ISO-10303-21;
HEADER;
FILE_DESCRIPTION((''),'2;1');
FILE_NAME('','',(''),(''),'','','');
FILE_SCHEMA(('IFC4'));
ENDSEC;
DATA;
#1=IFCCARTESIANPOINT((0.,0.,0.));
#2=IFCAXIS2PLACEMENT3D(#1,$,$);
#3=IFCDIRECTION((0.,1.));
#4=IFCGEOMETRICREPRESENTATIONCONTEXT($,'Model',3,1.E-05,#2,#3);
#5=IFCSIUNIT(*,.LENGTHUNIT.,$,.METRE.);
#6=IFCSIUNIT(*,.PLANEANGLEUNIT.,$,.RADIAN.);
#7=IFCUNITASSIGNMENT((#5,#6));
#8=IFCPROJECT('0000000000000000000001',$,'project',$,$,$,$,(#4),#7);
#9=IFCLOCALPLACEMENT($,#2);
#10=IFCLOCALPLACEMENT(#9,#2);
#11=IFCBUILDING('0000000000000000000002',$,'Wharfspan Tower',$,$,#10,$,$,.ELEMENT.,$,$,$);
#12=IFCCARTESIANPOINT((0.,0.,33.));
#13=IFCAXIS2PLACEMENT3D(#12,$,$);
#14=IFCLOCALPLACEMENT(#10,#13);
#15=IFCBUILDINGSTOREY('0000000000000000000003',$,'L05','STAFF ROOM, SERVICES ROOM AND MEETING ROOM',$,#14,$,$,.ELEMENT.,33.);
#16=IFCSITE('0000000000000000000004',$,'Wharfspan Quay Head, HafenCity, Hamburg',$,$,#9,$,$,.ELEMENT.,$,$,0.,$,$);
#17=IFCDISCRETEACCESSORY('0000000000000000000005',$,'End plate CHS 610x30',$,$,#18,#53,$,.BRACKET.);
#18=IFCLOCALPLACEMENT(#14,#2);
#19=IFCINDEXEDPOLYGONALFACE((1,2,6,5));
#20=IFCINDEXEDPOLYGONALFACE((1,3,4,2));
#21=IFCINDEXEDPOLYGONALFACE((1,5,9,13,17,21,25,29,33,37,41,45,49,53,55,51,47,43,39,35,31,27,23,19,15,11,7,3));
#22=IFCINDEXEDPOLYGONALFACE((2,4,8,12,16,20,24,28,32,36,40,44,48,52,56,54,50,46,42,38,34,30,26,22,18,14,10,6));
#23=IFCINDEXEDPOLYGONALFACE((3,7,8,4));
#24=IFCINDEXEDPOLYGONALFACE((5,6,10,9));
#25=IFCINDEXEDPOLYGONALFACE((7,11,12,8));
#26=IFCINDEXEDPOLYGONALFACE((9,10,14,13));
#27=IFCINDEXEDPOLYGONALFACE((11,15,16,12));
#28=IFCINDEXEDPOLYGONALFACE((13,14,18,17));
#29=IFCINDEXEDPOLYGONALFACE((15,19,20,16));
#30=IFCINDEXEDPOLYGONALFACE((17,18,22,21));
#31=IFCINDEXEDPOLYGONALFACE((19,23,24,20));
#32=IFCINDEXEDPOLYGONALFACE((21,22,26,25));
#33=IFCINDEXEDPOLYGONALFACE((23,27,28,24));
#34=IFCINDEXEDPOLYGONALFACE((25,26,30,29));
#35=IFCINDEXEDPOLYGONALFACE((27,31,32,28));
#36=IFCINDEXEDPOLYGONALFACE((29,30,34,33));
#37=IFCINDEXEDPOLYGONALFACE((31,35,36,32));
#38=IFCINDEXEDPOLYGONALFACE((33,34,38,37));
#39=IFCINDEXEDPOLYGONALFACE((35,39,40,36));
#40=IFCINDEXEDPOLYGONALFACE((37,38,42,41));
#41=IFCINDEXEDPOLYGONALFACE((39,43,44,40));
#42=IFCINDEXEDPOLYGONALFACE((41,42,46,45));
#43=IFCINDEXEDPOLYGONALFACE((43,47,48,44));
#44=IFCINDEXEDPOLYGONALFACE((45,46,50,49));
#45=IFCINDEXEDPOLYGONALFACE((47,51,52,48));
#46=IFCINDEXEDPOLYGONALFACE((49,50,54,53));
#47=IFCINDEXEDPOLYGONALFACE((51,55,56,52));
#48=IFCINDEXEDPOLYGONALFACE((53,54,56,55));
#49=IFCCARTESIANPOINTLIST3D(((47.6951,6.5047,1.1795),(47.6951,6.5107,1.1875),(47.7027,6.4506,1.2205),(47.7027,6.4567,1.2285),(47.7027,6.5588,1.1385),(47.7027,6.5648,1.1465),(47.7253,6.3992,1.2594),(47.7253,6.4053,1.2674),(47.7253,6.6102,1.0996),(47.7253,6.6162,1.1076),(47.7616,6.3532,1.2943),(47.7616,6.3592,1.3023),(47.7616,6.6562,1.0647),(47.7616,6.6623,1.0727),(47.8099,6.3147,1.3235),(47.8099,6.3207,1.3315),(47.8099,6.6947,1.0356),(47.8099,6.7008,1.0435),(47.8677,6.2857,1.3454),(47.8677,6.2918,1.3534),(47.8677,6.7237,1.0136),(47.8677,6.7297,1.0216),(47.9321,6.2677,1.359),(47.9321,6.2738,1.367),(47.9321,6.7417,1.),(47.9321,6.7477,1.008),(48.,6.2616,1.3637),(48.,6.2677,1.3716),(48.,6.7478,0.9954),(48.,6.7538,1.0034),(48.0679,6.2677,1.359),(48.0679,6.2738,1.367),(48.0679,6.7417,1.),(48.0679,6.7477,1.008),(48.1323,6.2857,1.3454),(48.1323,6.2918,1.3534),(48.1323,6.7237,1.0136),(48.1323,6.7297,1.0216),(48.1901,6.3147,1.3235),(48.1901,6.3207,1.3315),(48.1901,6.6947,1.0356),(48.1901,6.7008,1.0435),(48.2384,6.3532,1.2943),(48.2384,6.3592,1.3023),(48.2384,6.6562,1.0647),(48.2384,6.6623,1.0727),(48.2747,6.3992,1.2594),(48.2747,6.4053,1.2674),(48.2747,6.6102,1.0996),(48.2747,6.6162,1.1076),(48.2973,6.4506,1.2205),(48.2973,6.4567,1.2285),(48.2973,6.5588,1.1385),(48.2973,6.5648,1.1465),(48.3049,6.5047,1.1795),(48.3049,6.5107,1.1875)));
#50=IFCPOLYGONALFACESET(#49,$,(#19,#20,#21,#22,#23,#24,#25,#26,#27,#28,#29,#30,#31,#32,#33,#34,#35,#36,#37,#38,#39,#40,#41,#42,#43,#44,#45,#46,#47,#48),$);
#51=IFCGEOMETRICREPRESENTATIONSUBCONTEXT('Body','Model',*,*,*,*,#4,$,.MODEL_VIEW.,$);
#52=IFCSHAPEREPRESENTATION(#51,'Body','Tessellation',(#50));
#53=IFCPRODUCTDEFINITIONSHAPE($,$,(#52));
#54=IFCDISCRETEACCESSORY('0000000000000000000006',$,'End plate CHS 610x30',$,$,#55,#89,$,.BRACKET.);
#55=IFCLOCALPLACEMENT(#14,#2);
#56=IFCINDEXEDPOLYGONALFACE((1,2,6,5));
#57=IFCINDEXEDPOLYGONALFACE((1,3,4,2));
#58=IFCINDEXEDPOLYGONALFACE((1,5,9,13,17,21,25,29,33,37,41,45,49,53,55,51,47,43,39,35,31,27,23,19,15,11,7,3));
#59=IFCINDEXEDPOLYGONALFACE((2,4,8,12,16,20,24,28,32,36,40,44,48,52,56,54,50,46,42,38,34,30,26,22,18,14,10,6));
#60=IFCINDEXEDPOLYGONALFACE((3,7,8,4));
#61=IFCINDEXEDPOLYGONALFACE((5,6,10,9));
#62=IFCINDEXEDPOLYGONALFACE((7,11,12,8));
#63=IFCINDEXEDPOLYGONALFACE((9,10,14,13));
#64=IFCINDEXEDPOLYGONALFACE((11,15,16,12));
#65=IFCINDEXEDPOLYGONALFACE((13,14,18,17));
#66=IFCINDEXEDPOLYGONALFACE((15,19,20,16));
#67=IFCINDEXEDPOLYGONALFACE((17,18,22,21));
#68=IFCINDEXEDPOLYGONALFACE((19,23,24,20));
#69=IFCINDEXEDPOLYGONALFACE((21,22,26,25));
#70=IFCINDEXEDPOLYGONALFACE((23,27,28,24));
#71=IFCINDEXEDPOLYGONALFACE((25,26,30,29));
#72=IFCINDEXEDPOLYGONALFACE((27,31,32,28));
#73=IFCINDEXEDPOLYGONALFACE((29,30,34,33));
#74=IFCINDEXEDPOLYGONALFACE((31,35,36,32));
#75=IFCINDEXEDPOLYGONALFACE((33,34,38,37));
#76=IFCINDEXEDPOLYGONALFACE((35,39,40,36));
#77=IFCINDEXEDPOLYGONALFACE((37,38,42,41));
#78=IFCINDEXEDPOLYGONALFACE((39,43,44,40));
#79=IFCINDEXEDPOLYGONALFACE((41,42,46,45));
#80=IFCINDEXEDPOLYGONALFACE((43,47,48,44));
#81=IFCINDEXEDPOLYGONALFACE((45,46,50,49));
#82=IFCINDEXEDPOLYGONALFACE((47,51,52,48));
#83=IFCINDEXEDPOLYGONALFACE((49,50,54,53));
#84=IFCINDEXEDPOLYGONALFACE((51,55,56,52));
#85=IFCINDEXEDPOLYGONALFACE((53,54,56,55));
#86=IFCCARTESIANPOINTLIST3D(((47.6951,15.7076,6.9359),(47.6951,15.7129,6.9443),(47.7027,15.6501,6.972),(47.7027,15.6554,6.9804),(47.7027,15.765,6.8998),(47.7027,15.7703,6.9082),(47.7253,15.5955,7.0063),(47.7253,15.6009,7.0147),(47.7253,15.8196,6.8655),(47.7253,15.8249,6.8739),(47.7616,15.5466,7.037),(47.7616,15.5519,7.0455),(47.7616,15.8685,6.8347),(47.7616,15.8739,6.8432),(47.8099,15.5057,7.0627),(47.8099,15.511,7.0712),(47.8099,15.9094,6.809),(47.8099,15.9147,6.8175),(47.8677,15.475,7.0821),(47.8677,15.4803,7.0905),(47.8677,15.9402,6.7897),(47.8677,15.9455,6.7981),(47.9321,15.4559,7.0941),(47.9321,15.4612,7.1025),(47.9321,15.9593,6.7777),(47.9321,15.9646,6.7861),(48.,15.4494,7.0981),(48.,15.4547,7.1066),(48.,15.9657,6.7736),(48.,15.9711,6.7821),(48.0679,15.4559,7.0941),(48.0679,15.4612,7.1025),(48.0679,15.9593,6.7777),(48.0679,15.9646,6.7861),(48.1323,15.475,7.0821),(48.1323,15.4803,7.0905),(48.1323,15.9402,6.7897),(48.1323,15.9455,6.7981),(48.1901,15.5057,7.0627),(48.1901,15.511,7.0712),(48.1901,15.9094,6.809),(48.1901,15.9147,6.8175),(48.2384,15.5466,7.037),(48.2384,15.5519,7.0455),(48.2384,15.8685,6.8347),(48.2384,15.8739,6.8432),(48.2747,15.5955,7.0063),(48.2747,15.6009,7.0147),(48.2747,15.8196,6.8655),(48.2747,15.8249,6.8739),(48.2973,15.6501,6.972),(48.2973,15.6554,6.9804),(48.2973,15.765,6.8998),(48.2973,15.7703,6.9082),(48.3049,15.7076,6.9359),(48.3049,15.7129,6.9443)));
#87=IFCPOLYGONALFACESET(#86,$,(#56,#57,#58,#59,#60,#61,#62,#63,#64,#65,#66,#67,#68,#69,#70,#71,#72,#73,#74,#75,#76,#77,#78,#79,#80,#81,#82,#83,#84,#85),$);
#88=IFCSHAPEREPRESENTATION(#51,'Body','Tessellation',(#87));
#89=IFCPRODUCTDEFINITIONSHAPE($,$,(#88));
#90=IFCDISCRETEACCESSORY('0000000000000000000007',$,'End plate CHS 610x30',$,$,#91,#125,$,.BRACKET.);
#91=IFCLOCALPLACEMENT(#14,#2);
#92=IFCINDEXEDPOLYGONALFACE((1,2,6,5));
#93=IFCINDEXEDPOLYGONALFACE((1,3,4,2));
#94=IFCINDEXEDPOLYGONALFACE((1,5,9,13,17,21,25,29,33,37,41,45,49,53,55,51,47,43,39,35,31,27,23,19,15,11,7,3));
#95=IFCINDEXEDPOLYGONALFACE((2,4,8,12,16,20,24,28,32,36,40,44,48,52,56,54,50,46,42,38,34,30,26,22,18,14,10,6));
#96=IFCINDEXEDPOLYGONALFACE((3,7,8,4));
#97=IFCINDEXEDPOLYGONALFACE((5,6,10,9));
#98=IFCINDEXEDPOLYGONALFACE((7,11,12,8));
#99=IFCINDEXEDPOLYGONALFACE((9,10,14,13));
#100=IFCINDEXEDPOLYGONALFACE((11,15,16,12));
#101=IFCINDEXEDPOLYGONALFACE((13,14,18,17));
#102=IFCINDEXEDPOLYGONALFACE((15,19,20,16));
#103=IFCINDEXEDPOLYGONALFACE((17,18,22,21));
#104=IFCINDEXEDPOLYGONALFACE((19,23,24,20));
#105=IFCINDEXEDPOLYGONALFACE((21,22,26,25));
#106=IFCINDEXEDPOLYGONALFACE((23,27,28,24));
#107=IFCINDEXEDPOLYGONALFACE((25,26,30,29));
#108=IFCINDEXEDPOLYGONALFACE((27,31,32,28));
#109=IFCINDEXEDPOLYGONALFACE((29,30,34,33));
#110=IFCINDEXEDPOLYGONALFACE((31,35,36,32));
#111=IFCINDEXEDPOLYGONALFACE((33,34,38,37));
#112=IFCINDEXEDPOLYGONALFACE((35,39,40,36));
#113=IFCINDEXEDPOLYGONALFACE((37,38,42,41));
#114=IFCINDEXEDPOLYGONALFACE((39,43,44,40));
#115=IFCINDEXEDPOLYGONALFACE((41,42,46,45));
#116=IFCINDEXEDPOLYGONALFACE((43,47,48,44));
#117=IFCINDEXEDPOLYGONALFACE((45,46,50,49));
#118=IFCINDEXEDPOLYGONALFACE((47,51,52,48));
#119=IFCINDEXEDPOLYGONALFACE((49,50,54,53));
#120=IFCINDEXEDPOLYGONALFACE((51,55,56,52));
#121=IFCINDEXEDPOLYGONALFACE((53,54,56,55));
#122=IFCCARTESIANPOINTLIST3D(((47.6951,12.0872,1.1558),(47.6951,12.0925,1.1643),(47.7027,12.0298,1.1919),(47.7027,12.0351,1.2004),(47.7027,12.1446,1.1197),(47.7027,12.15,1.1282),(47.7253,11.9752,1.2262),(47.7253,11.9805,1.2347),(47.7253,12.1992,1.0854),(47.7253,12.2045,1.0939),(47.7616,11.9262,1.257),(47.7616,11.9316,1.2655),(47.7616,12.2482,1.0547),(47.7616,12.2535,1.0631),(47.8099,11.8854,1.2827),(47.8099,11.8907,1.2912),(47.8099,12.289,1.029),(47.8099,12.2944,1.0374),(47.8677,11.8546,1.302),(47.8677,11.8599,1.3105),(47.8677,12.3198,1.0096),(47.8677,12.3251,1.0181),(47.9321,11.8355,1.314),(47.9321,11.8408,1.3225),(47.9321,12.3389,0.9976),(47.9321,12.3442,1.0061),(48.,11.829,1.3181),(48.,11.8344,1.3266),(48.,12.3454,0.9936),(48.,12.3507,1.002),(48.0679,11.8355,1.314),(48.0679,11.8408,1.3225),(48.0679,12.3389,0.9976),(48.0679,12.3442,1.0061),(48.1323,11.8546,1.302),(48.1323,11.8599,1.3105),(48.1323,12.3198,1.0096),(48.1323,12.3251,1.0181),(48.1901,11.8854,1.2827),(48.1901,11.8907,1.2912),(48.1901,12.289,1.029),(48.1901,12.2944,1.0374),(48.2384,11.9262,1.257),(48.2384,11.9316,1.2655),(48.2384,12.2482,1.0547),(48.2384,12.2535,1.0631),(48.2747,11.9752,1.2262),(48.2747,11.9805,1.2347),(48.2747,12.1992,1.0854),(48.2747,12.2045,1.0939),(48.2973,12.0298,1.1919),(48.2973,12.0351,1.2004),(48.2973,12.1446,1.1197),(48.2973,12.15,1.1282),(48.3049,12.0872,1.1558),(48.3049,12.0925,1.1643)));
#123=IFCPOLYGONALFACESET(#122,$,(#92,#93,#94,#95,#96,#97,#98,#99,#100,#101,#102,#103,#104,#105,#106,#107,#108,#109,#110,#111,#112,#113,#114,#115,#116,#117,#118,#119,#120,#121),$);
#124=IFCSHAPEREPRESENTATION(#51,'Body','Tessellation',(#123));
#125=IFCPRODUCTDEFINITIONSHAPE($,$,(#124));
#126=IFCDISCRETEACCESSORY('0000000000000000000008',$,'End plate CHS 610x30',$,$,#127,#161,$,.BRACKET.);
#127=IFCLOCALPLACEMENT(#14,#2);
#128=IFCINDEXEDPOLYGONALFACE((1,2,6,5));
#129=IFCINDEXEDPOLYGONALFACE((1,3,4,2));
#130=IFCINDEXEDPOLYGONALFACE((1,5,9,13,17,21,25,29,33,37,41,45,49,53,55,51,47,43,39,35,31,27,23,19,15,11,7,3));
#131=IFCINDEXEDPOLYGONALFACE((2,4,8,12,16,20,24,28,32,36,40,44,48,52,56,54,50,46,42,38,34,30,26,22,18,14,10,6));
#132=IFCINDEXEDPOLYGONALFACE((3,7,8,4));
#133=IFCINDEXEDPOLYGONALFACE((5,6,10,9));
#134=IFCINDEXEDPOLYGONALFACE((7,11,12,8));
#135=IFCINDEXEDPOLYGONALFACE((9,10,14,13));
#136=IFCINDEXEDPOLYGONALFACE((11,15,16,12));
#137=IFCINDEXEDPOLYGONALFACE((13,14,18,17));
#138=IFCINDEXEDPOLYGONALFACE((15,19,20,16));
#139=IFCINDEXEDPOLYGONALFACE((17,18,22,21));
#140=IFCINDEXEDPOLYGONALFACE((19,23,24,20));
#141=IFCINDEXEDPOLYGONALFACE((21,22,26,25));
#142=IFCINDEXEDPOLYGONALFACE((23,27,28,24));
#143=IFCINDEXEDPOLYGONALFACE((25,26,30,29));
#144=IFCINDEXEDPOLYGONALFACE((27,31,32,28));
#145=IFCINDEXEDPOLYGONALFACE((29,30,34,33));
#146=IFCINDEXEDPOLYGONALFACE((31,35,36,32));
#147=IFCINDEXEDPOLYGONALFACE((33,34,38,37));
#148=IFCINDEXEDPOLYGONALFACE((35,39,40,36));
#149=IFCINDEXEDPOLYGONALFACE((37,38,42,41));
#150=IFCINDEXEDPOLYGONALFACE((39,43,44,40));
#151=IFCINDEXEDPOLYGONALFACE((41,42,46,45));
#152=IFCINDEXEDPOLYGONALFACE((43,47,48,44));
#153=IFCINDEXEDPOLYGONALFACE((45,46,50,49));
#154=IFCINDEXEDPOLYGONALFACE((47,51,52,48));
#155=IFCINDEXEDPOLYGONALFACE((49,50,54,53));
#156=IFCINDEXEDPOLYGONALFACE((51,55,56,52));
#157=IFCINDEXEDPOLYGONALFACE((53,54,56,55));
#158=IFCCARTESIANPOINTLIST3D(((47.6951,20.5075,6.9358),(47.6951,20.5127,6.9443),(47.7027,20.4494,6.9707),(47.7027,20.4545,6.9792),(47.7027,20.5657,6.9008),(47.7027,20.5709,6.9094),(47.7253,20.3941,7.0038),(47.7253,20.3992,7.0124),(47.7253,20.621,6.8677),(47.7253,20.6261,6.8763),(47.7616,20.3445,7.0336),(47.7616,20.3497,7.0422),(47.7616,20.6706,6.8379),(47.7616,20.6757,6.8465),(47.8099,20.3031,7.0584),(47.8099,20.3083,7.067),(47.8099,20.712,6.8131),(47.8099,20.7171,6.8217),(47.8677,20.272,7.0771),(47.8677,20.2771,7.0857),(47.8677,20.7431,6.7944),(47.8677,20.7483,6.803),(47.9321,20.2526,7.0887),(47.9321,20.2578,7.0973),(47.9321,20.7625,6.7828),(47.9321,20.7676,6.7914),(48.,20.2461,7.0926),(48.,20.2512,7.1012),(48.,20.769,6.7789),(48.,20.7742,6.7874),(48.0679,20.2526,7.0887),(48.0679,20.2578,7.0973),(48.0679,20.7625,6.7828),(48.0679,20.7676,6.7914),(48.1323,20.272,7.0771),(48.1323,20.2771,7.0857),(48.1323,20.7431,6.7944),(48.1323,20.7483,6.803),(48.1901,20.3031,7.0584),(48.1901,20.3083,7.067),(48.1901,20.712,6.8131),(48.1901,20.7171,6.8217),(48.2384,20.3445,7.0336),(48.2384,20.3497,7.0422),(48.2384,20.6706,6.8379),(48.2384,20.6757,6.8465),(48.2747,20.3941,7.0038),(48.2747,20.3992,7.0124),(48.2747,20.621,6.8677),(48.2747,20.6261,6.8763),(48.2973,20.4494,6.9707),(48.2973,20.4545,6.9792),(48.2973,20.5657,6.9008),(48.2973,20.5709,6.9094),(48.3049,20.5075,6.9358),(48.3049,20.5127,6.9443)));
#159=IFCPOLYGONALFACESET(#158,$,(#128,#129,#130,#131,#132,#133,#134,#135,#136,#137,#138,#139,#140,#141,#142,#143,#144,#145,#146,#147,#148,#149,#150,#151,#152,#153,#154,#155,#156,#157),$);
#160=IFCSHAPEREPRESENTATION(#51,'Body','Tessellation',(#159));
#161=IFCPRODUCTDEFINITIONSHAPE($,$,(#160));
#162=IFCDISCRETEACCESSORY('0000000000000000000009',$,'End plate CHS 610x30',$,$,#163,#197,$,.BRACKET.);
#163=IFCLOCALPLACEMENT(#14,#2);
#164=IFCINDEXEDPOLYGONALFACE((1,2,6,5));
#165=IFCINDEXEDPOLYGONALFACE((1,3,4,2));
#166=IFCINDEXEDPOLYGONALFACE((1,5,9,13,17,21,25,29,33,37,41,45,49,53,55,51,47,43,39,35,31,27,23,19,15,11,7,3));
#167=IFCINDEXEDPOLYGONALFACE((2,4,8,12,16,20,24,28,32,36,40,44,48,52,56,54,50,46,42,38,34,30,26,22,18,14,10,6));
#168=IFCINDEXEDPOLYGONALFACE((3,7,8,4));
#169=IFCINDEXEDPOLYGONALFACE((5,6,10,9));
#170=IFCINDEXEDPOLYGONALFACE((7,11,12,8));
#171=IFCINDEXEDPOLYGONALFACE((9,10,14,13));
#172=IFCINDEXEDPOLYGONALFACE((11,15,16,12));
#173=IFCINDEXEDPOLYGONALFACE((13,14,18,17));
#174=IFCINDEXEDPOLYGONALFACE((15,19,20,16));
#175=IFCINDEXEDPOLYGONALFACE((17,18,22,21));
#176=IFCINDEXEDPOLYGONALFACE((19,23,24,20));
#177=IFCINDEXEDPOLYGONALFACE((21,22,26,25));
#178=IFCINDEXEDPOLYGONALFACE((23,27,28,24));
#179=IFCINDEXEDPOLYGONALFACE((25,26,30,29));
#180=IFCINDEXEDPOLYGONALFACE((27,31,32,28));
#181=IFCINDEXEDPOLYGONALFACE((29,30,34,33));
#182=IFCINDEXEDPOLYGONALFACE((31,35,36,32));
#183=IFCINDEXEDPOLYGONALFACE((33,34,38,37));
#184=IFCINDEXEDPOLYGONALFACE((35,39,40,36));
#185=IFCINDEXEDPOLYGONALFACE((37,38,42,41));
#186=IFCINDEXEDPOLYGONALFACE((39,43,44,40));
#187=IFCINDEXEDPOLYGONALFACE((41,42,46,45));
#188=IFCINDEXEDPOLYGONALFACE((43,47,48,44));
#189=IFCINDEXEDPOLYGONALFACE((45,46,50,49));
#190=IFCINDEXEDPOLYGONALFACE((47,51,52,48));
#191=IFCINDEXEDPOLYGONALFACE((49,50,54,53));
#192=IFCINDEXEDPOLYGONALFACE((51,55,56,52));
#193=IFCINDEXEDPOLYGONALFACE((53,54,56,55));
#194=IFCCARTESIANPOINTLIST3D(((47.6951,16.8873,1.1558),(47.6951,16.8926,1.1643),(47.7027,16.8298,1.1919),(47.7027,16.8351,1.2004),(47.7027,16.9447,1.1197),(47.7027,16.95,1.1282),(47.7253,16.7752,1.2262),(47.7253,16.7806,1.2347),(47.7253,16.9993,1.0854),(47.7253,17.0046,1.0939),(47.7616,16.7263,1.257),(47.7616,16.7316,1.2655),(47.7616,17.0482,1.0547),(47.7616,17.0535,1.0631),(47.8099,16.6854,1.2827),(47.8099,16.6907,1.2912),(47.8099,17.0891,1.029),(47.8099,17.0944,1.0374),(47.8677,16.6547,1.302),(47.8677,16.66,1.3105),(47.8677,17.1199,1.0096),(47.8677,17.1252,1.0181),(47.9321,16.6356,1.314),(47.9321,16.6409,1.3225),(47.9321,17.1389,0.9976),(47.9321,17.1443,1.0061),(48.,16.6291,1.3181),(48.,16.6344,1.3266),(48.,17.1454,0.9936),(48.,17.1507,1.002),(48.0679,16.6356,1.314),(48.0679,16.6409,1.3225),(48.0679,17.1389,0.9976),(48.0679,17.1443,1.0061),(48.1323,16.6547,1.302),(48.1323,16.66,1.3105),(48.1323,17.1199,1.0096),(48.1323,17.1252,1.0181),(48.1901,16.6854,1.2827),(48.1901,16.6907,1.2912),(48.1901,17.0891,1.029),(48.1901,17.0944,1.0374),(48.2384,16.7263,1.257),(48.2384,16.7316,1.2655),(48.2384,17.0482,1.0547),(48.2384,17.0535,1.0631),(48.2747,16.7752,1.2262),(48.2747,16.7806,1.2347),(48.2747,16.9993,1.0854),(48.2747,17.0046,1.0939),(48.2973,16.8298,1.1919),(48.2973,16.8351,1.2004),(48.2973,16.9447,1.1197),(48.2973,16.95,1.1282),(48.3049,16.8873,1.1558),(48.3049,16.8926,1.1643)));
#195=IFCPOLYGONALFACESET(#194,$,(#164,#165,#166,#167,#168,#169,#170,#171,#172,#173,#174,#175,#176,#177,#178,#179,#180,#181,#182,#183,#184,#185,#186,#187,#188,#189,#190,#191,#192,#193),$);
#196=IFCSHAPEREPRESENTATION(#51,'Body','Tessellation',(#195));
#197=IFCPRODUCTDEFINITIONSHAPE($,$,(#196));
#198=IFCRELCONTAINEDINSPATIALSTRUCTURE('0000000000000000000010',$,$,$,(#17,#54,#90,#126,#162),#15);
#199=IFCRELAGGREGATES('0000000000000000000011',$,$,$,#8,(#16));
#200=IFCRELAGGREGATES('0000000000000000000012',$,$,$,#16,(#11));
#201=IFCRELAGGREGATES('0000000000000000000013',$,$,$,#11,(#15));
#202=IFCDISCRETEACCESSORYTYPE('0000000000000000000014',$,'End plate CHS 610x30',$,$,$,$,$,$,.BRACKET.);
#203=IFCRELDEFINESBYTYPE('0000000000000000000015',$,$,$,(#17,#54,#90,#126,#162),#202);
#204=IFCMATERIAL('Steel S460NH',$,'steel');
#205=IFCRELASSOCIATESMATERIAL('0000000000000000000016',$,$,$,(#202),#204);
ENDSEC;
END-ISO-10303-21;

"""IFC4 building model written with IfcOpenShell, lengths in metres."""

from ifc_helpers import new_model, si_unit, direction, frame, origin, origin_2d, place, context, subcontext, project, spatial, circle, extrude, material, material_profile, profile_set, type_object, element, save


model = new_model("IFC4")

# Units and contexts
model_context = context("Model", 3, precision=1e-05, world=origin(), true_north=direction((0.0, 1.0)))
body_context = subcontext(model_context, "Body", "Model", "MODEL_VIEW")
ifc_project = project(units=[si_unit("LENGTHUNIT", "METRE"), si_unit("PLANEANGLEUNIT", "RADIAN")], contexts=[model_context])

# Site, building, storey
site_placement = place(None, origin())
site = spatial("IfcSite", under=ifc_project, at=site_placement, Name="Wharfspan Quay Head, HafenCity, Hamburg", CompositionType="ELEMENT", RefElevation=0.0)
building_placement = place(site_placement, origin())
building = spatial("IfcBuilding", under=site, at=building_placement, Name="Wharfspan Tower", CompositionType="ELEMENT")
storey_placement = place(building_placement, frame((0.0, 0.0, 33.0)))
storey = spatial("IfcBuildingStorey", under=building, at=storey_placement, Name="L05", Description="STAFF ROOM, SERVICES ROOM AND MEETING ROOM", CompositionType="ELEMENT", Elevation=33.0)

# Shared definitions
ifc_material_1 = material(Name="Steel S460NH", Category="steel")

# Discrete accessories
ifc_material_profile_1 = material_profile(ifc_material_1, circle(Radius=0.3049, at=origin_2d()))
ifc_profile_set_1 = profile_set([ifc_material_profile_1], Name="Steel S460NH")
discrete_accessory_type = type_object("IfcDiscreteAccessoryType", Name="End plate CHS 610x30", PredefinedType="BRACKET", material=ifc_profile_set_1)
for number, where, z_axis, x_axis, name in (
    (1, (48.0, 6.5107, 1.1875), (0.0, -0.603858, -0.797092), (1.0, 0.0, 0.0), "End plate CHS 610x30"),
    (2, (48.0, 15.7129, 6.9443), (0.0, -0.532172, -0.846637), (1.0, 0.0, 0.0), "End plate CHS 610x30"),
    (3, (48.0, 12.0925, 1.1643), (0.0, -0.532172, -0.846637), (1.0, 0.0, 0.0), "End plate CHS 610x30"),
    (4, (48.0, 20.5127, 6.9443), (0.0, -0.514496, -0.857493), (1.0, 0.0, 0.0), "End plate CHS 610x30"),
    (5, (48.0, 16.8926, 1.1643), (0.0, -0.532172, -0.846637), (1.0, 0.0, 0.0), "End plate CHS 610x30"),
):
    element("IfcDiscreteAccessory", number, at=place(storey_placement, frame(where, z_axis=z_axis, x_axis=x_axis)), inside=storey, type_object=discrete_accessory_type, Name=name, PredefinedType="BRACKET", context=body_context, shape_type="SweptSolid", body=[
        extrude(circle(Radius=0.3049, at=origin_2d()), origin(), (0.0, 0.0, 1.0), 0.01),
    ])

save(model, "model.ifc")
